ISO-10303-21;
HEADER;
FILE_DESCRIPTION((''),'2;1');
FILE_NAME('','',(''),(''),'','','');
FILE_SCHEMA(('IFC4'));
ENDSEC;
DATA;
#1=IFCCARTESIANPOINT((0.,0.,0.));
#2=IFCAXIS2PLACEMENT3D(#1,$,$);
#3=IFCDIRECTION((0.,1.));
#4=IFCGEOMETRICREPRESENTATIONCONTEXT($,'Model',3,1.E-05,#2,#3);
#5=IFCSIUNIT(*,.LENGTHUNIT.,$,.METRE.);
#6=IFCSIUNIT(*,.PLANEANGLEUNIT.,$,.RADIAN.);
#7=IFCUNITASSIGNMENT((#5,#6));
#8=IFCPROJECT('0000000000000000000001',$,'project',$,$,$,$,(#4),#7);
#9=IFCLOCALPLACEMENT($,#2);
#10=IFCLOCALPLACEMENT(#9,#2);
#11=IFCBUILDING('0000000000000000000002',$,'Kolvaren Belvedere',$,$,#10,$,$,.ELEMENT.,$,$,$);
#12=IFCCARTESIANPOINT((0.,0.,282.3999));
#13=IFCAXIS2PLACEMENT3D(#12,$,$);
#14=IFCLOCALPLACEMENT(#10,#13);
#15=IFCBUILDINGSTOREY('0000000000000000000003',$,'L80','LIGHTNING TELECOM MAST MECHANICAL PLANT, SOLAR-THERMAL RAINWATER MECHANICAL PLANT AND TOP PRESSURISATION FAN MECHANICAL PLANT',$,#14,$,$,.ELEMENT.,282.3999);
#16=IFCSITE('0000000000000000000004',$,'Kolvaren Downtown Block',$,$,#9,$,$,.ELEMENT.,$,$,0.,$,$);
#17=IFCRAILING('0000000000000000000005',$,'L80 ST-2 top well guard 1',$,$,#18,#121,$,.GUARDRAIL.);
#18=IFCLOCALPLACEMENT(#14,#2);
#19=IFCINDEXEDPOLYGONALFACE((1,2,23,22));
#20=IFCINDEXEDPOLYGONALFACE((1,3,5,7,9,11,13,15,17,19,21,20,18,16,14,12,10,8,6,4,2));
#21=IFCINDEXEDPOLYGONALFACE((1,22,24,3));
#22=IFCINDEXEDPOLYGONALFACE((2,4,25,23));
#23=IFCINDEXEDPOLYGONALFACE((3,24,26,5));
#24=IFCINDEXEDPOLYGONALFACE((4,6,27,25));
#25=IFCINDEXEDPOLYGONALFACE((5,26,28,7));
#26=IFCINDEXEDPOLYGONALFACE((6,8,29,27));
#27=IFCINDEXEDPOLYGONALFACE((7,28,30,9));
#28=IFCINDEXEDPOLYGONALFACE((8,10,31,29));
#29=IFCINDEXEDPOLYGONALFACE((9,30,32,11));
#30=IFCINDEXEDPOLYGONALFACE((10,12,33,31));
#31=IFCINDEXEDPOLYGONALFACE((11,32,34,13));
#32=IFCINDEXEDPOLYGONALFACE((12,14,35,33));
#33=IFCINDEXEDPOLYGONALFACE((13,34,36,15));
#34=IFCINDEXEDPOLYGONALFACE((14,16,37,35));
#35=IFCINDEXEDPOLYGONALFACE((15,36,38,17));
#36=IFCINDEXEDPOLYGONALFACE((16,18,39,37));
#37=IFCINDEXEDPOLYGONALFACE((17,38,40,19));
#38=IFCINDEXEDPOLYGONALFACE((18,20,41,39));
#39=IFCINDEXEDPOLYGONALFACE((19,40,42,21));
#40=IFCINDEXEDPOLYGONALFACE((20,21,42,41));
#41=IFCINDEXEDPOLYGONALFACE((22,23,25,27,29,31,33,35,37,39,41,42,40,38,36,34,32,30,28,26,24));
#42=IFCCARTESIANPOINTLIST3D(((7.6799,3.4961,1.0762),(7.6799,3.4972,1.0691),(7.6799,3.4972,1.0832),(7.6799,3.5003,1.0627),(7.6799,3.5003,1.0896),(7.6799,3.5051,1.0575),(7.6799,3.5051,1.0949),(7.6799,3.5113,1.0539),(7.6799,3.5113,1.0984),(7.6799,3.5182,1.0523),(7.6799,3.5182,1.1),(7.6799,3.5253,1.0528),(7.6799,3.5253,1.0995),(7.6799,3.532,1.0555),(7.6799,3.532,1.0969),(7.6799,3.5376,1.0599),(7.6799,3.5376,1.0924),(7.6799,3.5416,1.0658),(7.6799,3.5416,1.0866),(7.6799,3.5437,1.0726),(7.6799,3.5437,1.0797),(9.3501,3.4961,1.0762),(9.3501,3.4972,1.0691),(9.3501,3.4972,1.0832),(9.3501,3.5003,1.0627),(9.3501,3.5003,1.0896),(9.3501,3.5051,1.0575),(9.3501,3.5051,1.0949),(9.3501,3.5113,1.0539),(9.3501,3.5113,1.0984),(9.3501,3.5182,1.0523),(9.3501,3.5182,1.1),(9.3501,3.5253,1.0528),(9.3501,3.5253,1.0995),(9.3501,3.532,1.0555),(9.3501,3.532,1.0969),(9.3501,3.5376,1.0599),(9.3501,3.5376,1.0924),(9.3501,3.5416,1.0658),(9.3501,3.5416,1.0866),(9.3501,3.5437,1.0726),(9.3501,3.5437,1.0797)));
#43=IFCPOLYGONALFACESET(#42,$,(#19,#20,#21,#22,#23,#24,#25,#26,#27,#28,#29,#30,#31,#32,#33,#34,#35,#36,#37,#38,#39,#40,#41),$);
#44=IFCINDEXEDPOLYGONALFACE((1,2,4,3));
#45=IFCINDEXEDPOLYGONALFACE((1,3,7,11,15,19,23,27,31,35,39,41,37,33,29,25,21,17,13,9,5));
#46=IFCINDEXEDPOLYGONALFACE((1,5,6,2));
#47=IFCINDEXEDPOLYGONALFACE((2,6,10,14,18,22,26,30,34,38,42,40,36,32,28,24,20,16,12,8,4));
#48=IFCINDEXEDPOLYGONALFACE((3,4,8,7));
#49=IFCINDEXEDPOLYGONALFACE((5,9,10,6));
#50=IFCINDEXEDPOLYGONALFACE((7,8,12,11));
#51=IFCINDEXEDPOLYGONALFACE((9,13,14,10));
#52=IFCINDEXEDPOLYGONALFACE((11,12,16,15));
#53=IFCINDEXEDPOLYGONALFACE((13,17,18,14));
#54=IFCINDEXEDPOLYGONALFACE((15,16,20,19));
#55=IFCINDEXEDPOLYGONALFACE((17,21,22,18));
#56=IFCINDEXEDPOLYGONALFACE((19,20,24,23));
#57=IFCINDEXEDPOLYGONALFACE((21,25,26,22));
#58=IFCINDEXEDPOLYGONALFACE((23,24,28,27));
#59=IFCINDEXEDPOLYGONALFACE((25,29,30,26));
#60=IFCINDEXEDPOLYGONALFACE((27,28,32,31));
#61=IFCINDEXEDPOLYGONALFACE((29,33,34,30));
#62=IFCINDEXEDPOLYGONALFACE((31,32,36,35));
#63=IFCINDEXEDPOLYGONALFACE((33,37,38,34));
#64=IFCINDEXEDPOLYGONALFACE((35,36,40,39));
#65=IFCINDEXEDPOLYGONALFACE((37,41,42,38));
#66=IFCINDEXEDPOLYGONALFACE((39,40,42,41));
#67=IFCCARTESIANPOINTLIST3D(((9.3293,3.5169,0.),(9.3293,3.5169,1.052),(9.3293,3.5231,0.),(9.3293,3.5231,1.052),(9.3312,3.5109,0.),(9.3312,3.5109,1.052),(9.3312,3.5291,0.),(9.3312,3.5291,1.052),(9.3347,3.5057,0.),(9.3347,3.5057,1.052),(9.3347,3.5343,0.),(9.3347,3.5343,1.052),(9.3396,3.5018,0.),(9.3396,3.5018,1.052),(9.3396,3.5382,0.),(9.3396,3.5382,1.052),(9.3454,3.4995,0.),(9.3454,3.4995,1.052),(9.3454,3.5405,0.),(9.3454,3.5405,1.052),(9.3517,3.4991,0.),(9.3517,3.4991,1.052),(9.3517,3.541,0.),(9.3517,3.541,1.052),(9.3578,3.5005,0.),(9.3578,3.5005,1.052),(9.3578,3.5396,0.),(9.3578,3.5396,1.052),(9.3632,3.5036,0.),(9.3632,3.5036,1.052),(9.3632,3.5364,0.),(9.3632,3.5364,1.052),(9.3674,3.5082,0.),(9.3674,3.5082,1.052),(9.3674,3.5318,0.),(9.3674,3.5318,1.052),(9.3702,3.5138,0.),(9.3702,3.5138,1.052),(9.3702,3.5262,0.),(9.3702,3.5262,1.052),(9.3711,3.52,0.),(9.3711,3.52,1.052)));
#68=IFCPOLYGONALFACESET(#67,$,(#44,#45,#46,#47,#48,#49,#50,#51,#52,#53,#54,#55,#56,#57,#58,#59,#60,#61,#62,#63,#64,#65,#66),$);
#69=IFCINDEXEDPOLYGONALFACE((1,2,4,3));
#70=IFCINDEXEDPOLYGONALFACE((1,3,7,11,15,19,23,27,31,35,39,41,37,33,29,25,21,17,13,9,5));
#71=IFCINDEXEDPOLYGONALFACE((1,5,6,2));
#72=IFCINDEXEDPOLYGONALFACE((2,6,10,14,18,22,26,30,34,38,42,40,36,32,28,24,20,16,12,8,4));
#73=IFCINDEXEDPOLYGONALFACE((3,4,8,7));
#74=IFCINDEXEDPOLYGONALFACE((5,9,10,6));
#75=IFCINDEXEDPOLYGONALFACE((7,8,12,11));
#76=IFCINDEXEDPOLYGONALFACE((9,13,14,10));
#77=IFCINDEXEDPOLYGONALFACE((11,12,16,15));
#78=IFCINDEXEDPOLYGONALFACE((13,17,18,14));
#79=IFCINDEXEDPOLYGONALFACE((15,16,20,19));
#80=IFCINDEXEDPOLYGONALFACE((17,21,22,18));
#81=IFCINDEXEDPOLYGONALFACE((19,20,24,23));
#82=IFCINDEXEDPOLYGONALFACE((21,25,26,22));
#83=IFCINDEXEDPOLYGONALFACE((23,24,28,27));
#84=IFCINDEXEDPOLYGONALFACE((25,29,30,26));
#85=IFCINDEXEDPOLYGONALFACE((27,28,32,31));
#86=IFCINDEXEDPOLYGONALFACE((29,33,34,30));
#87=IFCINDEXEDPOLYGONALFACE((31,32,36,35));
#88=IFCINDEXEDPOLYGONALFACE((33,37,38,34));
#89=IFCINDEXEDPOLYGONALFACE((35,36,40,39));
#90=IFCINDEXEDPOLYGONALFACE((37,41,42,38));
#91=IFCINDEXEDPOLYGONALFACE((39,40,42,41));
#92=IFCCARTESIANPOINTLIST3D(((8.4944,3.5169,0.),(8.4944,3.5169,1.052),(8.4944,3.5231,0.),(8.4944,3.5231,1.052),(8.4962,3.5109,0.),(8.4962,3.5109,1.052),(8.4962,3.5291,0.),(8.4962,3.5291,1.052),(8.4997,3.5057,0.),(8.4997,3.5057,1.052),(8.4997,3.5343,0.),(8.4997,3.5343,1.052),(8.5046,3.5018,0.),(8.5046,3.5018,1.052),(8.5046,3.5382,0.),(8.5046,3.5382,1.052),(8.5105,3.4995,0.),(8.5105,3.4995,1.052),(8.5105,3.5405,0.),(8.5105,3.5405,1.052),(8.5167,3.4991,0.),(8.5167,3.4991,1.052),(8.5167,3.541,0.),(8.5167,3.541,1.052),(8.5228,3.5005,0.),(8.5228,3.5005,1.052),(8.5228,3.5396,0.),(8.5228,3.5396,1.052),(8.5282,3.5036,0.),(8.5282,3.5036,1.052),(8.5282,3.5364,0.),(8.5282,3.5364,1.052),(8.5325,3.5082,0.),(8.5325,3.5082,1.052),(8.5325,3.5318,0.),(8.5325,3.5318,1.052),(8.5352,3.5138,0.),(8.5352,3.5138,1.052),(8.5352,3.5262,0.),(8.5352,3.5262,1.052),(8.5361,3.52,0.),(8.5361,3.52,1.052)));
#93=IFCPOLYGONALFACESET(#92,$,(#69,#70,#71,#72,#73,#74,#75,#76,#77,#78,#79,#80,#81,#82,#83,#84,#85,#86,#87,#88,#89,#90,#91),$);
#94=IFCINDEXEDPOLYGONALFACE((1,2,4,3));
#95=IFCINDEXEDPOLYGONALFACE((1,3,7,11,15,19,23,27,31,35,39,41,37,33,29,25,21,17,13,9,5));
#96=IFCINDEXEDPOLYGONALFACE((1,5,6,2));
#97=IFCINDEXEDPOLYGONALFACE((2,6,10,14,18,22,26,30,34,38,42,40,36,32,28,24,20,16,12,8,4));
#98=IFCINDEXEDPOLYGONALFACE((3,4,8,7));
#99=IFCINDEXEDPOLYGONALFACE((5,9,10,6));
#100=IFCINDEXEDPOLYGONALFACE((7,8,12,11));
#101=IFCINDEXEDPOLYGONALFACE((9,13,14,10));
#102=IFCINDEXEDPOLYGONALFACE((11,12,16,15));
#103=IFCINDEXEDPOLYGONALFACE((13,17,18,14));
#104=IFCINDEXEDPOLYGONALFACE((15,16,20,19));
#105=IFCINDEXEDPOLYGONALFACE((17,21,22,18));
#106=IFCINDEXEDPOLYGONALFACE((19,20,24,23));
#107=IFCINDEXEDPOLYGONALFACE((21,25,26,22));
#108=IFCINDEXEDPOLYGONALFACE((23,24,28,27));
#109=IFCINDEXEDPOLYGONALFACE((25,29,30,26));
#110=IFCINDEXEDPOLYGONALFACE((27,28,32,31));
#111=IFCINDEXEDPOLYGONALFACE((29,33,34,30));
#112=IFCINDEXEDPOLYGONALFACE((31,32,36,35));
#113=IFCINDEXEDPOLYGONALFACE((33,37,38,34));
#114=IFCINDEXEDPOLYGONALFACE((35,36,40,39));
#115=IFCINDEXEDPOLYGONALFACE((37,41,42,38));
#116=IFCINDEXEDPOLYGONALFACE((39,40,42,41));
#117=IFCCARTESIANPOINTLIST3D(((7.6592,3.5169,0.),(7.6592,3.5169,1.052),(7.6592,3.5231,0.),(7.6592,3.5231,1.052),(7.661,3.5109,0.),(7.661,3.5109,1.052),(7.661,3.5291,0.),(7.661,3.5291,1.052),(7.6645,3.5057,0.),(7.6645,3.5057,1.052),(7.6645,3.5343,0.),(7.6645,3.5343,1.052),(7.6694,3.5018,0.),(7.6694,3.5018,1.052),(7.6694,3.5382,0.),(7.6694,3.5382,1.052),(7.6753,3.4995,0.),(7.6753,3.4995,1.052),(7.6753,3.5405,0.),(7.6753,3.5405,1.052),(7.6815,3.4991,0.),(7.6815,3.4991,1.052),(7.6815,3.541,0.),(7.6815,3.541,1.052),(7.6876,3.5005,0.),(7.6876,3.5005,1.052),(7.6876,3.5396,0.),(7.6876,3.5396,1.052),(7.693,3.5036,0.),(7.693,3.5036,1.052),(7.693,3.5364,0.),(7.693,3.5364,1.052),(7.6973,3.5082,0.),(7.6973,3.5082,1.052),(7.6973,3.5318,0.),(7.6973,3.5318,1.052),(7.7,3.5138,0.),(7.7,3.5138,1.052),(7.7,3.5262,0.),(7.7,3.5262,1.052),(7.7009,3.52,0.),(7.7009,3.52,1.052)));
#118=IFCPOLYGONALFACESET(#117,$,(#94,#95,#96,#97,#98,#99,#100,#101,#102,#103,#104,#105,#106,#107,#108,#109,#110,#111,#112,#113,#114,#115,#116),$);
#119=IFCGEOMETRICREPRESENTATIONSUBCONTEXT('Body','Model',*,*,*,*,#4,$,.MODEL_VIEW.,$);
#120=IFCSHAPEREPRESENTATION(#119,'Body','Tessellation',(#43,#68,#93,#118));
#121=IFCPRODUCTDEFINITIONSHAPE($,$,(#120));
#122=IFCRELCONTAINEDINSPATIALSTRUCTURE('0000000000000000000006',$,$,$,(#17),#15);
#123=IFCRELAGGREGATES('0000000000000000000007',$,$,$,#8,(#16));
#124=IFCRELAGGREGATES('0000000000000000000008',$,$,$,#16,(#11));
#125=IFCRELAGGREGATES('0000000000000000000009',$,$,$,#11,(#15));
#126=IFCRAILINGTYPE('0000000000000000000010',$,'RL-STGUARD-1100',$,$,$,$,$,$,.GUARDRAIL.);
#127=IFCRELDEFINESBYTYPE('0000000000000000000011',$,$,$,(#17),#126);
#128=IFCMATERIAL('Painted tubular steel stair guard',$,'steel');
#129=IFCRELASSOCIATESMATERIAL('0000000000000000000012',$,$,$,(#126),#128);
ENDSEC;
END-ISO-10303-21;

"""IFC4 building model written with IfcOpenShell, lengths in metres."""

from ifc_helpers import new_model, si_unit, direction, frame, origin, origin_2d, place, context, subcontext, project, spatial, circle, extrude, material, type_object, element, save


model = new_model("IFC4")

# Units and contexts
model_context = context("Model", 3, precision=1e-05, world=origin(), true_north=direction((0.0, 1.0)))
body_context = subcontext(model_context, "Body", "Model", "MODEL_VIEW")
ifc_project = project(units=[si_unit("LENGTHUNIT", "METRE"), si_unit("PLANEANGLEUNIT", "RADIAN")], contexts=[model_context])

# Site, building, storey
site_placement = place(None, origin())
site = spatial("IfcSite", under=ifc_project, at=site_placement, Name="Kolvaren Downtown Block", CompositionType="ELEMENT", RefElevation=0.0)
building_placement = place(site_placement, origin())
building = spatial("IfcBuilding", under=site, at=building_placement, Name="Kolvaren Belvedere", CompositionType="ELEMENT")
storey_placement = place(building_placement, frame((0.0, 0.0, 282.3999)))
storey = spatial("IfcBuildingStorey", under=building, at=storey_placement, Name="L80", Description="LIGHTNING TELECOM MAST MECHANICAL PLANT, SOLAR-THERMAL RAINWATER MECHANICAL PLANT AND TOP PRESSURISATION FAN MECHANICAL PLANT", CompositionType="ELEMENT", Elevation=282.3999)

# Railing
ifc_material_1 = material(Name="Painted tubular steel stair guard", Category="steel")
railing_type = type_object("IfcRailingType", Name="RL-STGUARD-1100", PredefinedType="GUARDRAIL", material=ifc_material_1)
railing_placement = place(storey_placement, frame((9.3501, 3.52, 0.0)))
element("IfcRailing", 1, at=railing_placement, inside=storey, type_object=railing_type, Name="L80 ST-2 top well guard 1", PredefinedType="GUARDRAIL", context=body_context, shape_type="SweptSolid", body=[
    extrude(circle(Radius=0.0239, at=origin_2d()), frame((0.0, 0.0, 1.0762), z_axis=(-1.0, 0.0, 0.0), x_axis=(0.0, -1.0, 0.0)), (0.0, 0.0, 1.0), 1.6702),
    extrude(circle(Radius=0.021, at=origin_2d()), origin(), (0.0, 0.0, 1.0), 1.052),
    extrude(circle(Radius=0.021, at=origin_2d()), frame((-0.835, 0.0, 0.0)), (0.0, 0.0, 1.0), 1.052),
    extrude(circle(Radius=0.021, at=origin_2d()), frame((-1.6702, 0.0, 0.0)), (0.0, 0.0, 1.0), 1.052),
])

save(model, "model.ifc")
